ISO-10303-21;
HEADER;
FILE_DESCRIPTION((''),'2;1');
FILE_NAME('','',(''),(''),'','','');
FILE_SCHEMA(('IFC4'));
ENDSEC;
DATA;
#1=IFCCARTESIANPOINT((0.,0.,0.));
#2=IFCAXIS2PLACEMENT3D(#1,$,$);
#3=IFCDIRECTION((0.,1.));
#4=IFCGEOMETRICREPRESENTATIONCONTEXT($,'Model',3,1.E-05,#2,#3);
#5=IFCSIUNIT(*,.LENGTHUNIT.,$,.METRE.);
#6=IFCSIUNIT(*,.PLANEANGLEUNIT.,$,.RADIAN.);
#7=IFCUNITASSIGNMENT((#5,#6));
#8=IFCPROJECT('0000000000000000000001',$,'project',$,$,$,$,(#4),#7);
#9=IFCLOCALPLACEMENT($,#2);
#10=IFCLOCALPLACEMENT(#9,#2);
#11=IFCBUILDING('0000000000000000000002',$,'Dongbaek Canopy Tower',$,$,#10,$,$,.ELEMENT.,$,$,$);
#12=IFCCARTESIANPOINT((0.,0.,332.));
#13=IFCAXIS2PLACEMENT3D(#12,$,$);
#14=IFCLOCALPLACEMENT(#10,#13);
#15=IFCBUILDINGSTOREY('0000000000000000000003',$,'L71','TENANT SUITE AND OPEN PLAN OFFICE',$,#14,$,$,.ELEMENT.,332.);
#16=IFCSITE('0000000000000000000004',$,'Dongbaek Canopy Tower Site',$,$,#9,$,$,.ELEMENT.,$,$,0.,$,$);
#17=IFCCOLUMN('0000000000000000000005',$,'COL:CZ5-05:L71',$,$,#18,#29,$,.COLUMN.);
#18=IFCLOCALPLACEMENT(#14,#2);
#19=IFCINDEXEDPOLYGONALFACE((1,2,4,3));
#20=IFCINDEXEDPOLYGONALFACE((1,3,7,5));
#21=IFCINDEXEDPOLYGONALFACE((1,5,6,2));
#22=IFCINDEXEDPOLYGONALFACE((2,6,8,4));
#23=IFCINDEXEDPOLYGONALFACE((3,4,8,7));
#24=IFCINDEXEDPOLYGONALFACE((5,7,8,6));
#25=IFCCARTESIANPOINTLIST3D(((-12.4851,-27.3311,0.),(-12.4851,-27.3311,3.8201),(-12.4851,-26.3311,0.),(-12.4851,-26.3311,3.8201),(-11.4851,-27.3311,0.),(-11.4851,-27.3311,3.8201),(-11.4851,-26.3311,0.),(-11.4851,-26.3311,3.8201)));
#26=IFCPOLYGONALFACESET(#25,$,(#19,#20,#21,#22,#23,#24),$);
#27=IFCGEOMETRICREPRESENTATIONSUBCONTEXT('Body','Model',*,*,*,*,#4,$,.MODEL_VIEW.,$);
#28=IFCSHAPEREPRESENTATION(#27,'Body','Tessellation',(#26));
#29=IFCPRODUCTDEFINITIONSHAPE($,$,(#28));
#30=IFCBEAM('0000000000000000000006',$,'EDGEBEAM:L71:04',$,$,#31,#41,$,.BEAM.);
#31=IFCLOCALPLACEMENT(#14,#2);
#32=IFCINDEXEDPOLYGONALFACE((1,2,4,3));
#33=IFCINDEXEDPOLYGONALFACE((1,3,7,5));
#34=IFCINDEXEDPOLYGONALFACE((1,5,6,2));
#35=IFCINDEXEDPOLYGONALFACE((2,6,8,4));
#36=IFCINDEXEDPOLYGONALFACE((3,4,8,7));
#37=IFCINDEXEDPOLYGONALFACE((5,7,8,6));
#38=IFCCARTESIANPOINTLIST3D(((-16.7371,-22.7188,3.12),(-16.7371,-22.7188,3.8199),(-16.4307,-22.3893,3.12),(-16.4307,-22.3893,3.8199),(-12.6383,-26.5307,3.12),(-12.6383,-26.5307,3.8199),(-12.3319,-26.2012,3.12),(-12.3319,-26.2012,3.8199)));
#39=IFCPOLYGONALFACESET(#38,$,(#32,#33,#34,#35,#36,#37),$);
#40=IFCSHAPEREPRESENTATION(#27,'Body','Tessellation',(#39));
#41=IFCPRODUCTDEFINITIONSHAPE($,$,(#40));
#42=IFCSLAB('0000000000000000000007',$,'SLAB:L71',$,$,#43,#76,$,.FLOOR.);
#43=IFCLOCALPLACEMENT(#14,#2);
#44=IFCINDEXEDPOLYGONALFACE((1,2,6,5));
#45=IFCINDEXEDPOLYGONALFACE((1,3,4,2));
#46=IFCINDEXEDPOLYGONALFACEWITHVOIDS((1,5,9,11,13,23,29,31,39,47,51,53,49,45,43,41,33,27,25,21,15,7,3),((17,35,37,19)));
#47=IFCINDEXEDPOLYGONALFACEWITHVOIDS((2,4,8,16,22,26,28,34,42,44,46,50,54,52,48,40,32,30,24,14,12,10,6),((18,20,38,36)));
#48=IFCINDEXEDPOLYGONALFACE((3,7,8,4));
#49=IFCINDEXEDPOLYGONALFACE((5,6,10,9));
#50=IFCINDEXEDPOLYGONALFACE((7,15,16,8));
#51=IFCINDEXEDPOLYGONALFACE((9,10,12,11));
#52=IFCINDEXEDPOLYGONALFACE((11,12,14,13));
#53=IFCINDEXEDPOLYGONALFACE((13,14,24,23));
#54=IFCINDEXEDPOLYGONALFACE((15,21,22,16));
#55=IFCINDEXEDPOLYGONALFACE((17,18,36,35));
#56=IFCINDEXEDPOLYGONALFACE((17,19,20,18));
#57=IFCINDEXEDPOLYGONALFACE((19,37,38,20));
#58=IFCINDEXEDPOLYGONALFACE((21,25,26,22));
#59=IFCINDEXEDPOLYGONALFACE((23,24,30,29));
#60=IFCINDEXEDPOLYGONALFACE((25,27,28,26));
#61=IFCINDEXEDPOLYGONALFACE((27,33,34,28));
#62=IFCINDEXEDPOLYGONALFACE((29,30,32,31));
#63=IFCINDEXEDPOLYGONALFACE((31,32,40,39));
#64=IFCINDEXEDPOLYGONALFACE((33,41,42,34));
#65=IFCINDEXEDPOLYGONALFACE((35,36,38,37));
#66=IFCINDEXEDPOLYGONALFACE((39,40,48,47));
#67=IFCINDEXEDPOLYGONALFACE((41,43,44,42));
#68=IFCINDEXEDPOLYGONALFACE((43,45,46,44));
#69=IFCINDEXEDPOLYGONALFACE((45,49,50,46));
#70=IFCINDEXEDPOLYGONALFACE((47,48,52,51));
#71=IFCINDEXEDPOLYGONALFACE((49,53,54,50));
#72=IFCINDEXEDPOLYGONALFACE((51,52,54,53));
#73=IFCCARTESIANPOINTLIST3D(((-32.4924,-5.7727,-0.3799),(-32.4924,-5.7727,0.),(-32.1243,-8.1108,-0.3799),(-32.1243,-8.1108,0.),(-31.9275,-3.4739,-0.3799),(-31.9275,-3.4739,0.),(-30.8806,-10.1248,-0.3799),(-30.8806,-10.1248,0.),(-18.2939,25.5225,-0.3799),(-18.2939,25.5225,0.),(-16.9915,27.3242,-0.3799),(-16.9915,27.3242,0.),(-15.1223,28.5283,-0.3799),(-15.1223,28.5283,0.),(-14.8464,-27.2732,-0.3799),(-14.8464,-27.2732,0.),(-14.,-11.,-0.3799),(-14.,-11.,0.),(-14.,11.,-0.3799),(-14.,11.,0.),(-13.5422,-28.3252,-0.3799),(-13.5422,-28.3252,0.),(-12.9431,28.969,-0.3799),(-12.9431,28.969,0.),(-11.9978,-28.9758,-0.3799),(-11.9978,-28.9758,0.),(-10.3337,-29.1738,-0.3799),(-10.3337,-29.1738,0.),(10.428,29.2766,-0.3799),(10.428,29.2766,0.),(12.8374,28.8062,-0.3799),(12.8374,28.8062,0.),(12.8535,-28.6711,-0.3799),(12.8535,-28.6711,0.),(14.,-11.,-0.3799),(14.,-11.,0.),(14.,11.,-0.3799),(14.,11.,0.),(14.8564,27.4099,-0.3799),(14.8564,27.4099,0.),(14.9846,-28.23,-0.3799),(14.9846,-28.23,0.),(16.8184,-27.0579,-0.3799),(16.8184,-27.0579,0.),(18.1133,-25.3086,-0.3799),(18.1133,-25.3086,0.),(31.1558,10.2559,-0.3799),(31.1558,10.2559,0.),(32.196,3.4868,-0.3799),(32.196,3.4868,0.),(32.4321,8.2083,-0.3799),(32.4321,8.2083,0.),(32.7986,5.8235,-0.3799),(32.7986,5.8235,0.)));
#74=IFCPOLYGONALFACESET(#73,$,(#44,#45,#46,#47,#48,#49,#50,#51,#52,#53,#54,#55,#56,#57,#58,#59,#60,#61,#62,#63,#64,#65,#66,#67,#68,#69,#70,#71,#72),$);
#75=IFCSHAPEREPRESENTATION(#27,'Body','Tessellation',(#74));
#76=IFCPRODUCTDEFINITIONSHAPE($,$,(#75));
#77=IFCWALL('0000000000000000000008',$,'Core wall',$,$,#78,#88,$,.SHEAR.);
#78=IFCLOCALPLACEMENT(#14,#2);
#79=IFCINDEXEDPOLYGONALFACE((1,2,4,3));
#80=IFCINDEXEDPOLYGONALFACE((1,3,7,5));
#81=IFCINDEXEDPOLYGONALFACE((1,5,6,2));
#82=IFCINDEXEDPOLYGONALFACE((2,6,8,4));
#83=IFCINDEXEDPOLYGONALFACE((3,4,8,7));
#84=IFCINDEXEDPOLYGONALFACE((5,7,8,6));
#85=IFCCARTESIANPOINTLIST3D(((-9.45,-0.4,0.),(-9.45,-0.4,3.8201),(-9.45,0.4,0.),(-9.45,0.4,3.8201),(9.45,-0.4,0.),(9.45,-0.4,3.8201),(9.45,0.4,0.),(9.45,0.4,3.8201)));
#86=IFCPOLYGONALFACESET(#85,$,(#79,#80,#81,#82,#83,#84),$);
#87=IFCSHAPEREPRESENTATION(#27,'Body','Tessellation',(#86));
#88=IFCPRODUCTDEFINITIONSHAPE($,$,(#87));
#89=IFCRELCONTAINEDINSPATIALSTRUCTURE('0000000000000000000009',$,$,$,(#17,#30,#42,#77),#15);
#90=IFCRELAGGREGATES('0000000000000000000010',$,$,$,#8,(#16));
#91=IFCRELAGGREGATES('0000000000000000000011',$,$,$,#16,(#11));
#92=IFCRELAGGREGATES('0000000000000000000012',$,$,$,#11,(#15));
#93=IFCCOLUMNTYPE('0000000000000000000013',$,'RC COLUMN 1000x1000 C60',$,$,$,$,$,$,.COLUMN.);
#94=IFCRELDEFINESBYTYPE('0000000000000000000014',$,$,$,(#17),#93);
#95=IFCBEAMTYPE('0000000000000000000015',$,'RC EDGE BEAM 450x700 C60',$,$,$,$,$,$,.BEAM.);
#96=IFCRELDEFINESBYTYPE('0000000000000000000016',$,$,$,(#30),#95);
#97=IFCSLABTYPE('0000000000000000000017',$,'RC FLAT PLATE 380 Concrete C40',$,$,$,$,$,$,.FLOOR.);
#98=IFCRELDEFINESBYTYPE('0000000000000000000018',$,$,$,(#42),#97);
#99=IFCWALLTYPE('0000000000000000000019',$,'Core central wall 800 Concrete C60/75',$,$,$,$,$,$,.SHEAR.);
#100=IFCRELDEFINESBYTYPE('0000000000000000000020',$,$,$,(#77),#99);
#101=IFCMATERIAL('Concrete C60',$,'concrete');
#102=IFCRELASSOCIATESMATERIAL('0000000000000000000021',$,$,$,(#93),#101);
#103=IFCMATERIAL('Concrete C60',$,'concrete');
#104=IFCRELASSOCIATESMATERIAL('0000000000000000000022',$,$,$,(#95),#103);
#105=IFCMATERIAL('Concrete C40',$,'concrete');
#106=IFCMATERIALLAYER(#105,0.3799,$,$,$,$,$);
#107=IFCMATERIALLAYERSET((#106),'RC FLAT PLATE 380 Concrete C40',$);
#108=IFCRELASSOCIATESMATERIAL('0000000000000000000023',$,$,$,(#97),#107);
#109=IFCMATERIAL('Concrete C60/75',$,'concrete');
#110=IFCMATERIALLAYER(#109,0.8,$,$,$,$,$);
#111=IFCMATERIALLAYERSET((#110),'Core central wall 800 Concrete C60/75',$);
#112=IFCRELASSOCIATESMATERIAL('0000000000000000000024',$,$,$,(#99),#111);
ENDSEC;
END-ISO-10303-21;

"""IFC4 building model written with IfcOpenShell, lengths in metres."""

from ifc_helpers import new_model, si_unit, direction, frame, frame_2d, origin, origin_2d, place, context, subcontext, project, spatial, polyline, rectangle, outline, extrude, material, layer, layer_set, material_profile, profile_set, type_object, element, save


model = new_model("IFC4")

# Units and contexts
model_context = context("Model", 3, precision=1e-05, world=origin(), true_north=direction((0.0, 1.0)))
body_context = subcontext(model_context, "Body", "Model", "MODEL_VIEW")
ifc_project = project(units=[si_unit("LENGTHUNIT", "METRE"), si_unit("PLANEANGLEUNIT", "RADIAN")], contexts=[model_context])

# Site, building, storey
site_placement = place(None, origin())
site = spatial("IfcSite", under=ifc_project, at=site_placement, Name="Dongbaek Canopy Tower Site", CompositionType="ELEMENT", RefElevation=0.0)
building_placement = place(site_placement, origin())
building = spatial("IfcBuilding", under=site, at=building_placement, Name="Dongbaek Canopy Tower", CompositionType="ELEMENT")
storey_placement = place(building_placement, frame((0.0, 0.0, 332.0)))
storey = spatial("IfcBuildingStorey", under=building, at=storey_placement, Name="L71", Description="TENANT SUITE AND OPEN PLAN OFFICE", CompositionType="ELEMENT", Elevation=332.0)

# Column
ifc_material_1 = material(Name="Concrete C60", Category="concrete")
ifc_material_profile_1 = material_profile(ifc_material_1, rectangle(XDim=1.0, YDim=1.0, at=origin_2d()), Name="RC COLUMN 1000x1000 C60")
ifc_profile_set_1 = profile_set([ifc_material_profile_1], Name="Concrete C60")
column_type = type_object("IfcColumnType", Name="RC COLUMN 1000x1000 C60", PredefinedType="COLUMN", material=ifc_profile_set_1)
column_placement = place(storey_placement, frame((-11.9851, -26.8311, 0.0), z_axis=(0.0, 0.0, 1.0), x_axis=(1.0, 0.0, 0.0)))
element("IfcColumn", 1, at=column_placement, inside=storey, type_object=column_type, Name="COL:CZ5-05:L71", PredefinedType="COLUMN", context=body_context, shape_type="SweptSolid", body=[
    extrude(rectangle(XDim=1.0, YDim=1.0, at=origin_2d()), origin(), (0.0, 0.0, 1.0), 3.8201),
])

# Beam
ifc_material_2 = material(Name="Concrete C60", Category="concrete")
ifc_material_profile_2 = material_profile(ifc_material_2, rectangle(XDim=0.45, YDim=0.7, at=origin_2d()), Name="RC EDGE BEAM 450x700 C60")
ifc_profile_set_2 = profile_set([ifc_material_profile_2], Name="Concrete C60")
beam_type = type_object("IfcBeamType", Name="RC EDGE BEAM 450x700 C60", PredefinedType="BEAM", material=ifc_profile_set_2)
beam_placement = place(storey_placement, frame((-12.4851, -26.366, 3.47), z_axis=(-0.732267, 0.681018, 0.0), x_axis=(-0.681018, -0.732267, 0.0)))
element("IfcBeam", 2, at=beam_placement, inside=storey, type_object=beam_type, Name="EDGEBEAM:L71:04", PredefinedType="BEAM", context=body_context, shape_type="SweptSolid", body=[
    extrude(rectangle(XDim=0.45, YDim=0.7, at=origin_2d()), origin(), (0.0, 0.0, 1.0), 5.5974),
])

# Slab
ifc_material_3 = material(Name="Concrete C40", Category="concrete")
ifc_layer_1 = layer(ifc_material_3, 0.3799)
ifc_layer_set_1 = layer_set([ifc_layer_1], Name="RC FLAT PLATE 380 Concrete C40")
slab_type = type_object("IfcSlabType", Name="RC FLAT PLATE 380 Concrete C40", PredefinedType="FLOOR", material=ifc_layer_set_1)
slab_placement = place(storey_placement, frame((0.0, 0.0, -0.3799)))
element("IfcSlab", 3, at=slab_placement, inside=storey, type_object=slab_type, Name="SLAB:L71", PredefinedType="FLOOR", context=body_context, shape_type="SweptSolid", body=[
    extrude(outline(polyline([(18.1133, -25.3086), (16.8184, -27.0579), (14.9846, -28.23), (12.8535, -28.6711), (-10.3337, -29.1738), (-11.9978, -28.9758), (-13.5422, -28.3252), (-14.8464, -27.2732), (-30.8806, -10.1248), (-32.1243, -8.1108), (-32.4924, -5.7727), (-31.9275, -3.4739), (-18.2939, 25.5225), (-16.9915, 27.3242), (-15.1223, 28.5283), (-12.9431, 28.969), (10.428, 29.2766), (12.8374, 28.8062), (14.8564, 27.4099), (31.1558, 10.2559), (32.4321, 8.2083), (32.7986, 5.8235), (32.196, 3.4868), (18.1133, -25.3086)]), holes=[polyline([(14.0, 11.0), (-14.0, 11.0), (-14.0, -11.0), (14.0, -11.0), (14.0, 11.0)])]), origin(), (0.0, 0.0, 1.0), 0.3799),
])

# Wall
ifc_material_4 = material(Name="Concrete C60/75", Category="concrete")
ifc_layer_2 = layer(ifc_material_4, 0.8)
ifc_layer_set_2 = layer_set([ifc_layer_2], Name="Core central wall 800 Concrete C60/75")
wall_type_1 = type_object("IfcWallType", Name="Core central wall 800 Concrete C60/75", PredefinedType="SHEAR", material=ifc_layer_set_2)
wall_1_placement = place(storey_placement, frame((-9.45, 0.0, 0.0), z_axis=(0.0, 0.0, 1.0), x_axis=(1.0, 0.0, 0.0)))
element("IfcWall", 4, at=wall_1_placement, inside=storey, type_object=wall_type_1, Name="Core wall", PredefinedType="SHEAR", context=body_context, shape_type="SweptSolid", body=[
    extrude(rectangle(XDim=18.8999, YDim=0.8, at=frame_2d((9.45, 0.0))), origin(), (0.0, 0.0, 1.0), 3.8201),
])

save(model, "model.ifc")
